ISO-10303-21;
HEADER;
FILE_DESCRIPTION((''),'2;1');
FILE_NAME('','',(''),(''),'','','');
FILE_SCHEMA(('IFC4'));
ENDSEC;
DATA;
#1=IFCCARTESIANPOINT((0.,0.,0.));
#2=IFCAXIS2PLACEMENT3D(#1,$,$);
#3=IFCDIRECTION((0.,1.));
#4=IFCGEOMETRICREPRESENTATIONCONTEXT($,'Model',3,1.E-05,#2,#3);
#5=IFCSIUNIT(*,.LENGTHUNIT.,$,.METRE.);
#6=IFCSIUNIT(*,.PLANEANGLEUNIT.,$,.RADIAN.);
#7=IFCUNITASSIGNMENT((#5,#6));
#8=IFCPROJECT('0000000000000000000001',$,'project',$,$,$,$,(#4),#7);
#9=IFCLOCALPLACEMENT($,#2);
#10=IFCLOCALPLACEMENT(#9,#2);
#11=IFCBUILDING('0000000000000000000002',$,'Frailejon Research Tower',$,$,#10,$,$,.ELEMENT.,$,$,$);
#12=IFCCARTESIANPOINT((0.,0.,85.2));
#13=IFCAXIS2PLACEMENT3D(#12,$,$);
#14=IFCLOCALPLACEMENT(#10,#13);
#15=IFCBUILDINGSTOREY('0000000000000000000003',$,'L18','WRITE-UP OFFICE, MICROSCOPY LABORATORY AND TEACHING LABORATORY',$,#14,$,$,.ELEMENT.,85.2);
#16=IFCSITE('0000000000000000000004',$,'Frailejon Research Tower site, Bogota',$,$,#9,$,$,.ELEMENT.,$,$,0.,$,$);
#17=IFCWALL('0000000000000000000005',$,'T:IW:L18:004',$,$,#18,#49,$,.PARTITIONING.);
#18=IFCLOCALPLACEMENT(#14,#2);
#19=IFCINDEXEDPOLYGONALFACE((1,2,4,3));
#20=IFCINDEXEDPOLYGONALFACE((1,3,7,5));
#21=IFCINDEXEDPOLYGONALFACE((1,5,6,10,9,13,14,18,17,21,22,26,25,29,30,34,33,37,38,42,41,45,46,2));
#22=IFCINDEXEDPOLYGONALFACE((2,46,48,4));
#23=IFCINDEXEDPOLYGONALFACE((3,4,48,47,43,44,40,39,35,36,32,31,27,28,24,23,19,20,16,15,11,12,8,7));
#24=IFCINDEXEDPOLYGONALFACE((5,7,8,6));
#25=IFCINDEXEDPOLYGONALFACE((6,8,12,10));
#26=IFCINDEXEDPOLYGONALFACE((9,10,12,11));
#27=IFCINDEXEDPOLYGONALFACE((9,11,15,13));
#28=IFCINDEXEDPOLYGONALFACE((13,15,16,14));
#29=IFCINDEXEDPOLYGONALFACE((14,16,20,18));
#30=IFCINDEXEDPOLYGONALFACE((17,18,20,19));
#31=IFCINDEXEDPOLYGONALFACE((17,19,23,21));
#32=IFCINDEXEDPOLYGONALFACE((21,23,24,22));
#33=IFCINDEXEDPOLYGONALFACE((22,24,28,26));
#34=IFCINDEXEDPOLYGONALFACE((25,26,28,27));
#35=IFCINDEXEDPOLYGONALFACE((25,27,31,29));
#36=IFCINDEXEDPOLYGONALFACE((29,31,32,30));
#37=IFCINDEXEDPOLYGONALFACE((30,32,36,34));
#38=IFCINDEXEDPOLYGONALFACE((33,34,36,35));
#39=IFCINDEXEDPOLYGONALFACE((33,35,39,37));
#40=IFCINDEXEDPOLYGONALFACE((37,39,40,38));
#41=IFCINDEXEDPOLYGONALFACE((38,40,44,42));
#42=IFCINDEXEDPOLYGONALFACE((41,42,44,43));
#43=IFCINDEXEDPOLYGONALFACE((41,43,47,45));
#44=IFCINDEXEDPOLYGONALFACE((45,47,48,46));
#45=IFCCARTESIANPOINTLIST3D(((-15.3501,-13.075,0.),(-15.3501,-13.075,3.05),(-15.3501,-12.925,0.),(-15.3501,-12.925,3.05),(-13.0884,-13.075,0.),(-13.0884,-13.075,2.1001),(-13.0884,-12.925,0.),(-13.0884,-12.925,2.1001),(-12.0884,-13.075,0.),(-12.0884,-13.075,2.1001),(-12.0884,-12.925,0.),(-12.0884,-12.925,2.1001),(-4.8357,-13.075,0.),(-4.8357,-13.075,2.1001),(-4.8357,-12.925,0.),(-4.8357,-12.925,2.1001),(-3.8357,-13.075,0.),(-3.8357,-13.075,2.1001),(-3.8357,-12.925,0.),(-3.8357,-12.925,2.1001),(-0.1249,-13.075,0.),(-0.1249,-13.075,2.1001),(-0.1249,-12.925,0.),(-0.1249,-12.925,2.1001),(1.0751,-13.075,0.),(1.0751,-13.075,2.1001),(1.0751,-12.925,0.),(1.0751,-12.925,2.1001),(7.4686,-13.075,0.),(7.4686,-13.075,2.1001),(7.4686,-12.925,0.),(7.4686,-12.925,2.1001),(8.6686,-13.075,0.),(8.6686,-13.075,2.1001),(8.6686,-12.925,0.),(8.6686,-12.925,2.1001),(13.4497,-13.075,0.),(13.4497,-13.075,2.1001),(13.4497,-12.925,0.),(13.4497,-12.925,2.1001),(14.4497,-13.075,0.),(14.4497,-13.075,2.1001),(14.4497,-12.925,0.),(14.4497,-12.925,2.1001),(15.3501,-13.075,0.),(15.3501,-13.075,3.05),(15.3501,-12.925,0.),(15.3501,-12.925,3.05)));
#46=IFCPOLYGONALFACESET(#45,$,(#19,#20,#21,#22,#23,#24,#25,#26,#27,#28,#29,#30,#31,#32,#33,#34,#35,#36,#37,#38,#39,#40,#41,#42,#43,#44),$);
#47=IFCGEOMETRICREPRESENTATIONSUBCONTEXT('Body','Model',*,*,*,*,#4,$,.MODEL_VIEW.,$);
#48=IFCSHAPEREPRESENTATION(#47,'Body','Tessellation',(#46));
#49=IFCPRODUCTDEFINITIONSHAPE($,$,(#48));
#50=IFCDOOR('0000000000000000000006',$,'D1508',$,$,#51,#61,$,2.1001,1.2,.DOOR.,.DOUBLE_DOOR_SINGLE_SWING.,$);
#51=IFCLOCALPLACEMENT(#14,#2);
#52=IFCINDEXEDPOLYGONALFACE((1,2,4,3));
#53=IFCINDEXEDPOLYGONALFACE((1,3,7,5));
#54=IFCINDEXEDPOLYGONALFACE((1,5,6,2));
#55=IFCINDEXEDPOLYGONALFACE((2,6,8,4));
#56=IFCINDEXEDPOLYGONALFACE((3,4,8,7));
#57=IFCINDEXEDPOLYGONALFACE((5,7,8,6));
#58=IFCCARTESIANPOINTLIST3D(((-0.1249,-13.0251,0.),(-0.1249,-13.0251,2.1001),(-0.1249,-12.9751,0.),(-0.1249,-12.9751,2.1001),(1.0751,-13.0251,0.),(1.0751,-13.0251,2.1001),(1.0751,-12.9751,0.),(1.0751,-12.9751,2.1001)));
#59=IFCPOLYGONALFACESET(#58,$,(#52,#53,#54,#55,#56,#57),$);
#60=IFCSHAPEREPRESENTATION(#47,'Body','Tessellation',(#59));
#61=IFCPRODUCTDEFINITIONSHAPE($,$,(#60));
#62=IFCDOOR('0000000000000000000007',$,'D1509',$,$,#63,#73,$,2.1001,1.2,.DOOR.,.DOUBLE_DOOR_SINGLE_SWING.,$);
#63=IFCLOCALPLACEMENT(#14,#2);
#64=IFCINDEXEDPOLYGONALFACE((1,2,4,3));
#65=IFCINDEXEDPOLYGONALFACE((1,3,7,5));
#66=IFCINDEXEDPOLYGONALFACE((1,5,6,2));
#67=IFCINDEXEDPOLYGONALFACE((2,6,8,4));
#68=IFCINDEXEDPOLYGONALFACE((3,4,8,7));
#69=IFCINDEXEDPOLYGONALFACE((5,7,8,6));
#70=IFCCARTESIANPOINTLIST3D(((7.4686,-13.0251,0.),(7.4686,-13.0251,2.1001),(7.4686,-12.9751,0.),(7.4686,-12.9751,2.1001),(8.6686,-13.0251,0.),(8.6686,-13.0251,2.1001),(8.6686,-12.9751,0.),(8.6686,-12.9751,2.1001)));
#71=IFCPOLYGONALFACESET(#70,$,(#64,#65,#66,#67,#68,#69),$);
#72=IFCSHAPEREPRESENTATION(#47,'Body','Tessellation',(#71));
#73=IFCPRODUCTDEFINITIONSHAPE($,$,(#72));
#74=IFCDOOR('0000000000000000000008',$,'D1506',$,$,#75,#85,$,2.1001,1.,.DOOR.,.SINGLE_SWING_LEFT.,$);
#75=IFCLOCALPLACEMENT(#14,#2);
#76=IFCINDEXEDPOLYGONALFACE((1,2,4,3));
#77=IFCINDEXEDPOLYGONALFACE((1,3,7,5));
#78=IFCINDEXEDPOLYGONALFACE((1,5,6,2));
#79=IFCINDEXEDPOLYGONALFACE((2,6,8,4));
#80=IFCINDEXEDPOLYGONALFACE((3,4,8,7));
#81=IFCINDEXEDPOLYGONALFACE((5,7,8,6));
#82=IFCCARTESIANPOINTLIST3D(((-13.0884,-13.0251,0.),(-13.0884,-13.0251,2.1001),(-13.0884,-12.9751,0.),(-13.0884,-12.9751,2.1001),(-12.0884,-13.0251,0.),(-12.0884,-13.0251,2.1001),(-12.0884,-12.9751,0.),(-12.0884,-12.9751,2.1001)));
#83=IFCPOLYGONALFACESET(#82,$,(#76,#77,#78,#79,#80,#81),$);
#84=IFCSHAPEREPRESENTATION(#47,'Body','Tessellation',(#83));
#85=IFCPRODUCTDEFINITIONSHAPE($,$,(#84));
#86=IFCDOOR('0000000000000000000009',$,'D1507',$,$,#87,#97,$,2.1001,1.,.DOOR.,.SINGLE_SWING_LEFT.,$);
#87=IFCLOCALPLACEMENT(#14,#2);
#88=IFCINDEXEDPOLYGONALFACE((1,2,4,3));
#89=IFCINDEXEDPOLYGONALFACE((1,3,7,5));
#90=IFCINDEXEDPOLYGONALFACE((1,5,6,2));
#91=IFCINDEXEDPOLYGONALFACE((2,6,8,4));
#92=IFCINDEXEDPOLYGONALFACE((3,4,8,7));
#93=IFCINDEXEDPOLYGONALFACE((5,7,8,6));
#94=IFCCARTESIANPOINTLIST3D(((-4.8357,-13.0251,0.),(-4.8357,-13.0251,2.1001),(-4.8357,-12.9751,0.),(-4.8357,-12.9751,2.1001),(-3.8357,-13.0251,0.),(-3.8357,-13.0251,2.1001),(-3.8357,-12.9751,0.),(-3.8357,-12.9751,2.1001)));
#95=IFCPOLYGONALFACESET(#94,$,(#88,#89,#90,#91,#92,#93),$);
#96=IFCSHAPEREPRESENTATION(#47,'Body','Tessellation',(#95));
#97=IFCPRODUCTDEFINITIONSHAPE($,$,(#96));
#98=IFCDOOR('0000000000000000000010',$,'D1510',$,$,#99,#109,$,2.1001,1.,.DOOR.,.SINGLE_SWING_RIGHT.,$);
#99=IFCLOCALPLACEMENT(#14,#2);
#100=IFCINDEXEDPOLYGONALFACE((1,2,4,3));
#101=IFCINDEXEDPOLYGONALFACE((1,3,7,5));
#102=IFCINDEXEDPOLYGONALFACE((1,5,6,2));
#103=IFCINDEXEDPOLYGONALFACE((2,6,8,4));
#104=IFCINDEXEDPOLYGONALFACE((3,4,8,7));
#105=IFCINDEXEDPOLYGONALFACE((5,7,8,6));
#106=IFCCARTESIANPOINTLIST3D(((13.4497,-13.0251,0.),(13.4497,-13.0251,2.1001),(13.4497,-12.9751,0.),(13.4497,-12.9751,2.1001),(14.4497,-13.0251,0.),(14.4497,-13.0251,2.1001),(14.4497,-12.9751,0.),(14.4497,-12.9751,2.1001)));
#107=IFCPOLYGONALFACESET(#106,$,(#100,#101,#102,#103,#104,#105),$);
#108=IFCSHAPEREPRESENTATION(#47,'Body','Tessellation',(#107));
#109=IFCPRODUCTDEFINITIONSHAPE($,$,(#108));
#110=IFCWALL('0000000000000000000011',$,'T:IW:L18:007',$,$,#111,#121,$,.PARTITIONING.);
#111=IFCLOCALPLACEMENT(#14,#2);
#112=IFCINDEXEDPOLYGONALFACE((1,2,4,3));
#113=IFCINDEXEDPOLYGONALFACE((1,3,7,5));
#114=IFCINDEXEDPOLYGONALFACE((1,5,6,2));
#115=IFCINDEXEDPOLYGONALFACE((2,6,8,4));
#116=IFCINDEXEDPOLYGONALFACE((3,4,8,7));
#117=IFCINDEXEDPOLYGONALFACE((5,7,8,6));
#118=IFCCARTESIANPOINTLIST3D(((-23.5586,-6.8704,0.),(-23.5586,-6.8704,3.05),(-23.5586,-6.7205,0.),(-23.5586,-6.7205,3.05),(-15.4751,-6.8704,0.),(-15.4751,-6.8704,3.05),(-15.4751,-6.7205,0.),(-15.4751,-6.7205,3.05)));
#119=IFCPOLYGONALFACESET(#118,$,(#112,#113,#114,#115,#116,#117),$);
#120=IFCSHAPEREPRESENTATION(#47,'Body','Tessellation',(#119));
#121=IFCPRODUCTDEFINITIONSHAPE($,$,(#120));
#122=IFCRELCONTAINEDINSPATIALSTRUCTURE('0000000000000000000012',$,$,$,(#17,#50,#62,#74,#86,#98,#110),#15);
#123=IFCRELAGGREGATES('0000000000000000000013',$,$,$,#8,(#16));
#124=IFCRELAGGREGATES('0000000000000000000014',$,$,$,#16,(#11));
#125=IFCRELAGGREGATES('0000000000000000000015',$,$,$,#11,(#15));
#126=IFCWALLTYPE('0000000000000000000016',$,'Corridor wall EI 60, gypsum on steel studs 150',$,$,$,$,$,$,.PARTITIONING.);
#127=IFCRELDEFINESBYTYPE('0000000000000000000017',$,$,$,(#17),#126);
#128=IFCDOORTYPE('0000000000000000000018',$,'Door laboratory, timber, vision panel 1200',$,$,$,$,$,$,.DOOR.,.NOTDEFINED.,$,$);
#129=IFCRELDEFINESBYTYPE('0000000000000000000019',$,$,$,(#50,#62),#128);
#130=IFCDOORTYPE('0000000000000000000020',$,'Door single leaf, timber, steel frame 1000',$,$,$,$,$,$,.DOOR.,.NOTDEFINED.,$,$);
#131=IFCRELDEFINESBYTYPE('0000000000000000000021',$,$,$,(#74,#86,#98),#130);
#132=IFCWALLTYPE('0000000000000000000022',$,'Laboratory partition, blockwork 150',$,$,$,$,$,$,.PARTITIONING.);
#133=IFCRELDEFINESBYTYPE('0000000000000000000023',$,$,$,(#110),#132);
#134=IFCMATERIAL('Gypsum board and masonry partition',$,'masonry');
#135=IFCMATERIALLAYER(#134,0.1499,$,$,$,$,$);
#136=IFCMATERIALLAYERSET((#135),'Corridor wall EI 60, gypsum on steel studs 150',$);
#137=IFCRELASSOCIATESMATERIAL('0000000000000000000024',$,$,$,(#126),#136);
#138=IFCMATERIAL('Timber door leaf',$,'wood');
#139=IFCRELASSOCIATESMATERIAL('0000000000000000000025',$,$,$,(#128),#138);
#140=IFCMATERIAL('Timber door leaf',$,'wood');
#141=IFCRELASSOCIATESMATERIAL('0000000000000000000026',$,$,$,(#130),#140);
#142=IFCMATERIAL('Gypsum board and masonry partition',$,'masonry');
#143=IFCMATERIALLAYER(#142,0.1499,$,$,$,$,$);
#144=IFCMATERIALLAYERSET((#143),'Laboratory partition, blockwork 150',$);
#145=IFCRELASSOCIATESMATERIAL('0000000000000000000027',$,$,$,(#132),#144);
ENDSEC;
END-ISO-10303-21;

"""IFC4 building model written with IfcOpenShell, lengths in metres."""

from ifc_helpers import new_model, si_unit, direction, frame, frame_2d, origin, place, context, subcontext, project, spatial, rectangle, extrude, material, layer, layer_set, type_object, element, fill, save


model = new_model("IFC4")

# Units and contexts
model_context = context("Model", 3, precision=1e-05, world=origin(), true_north=direction((0.0, 1.0)))
body_context = subcontext(model_context, "Body", "Model", "MODEL_VIEW")
ifc_project = project(units=[si_unit("LENGTHUNIT", "METRE"), si_unit("PLANEANGLEUNIT", "RADIAN")], contexts=[model_context])

# Site, building, storey
site_placement = place(None, origin())
site = spatial("IfcSite", under=ifc_project, at=site_placement, Name="Frailejon Research Tower site, Bogota", CompositionType="ELEMENT", RefElevation=0.0)
building_placement = place(site_placement, origin())
building = spatial("IfcBuilding", under=site, at=building_placement, Name="Frailejon Research Tower", CompositionType="ELEMENT")
storey_placement = place(building_placement, frame((0.0, 0.0, 85.2)))
storey = spatial("IfcBuildingStorey", under=building, at=storey_placement, Name="L18", Description="WRITE-UP OFFICE, MICROSCOPY LABORATORY AND TEACHING LABORATORY", CompositionType="ELEMENT", Elevation=85.2)

# Wall, openings, doors
ifc_material_1 = material(Name="Gypsum board and masonry partition", Category="masonry")
ifc_layer_1 = layer(ifc_material_1, 0.1499)
ifc_layer_set_1 = layer_set([ifc_layer_1], Name="Corridor wall EI 60, gypsum on steel studs 150")
wall_type_1 = type_object("IfcWallType", Name="Corridor wall EI 60, gypsum on steel studs 150", PredefinedType="PARTITIONING", material=ifc_layer_set_1)
ifc_material_2 = material(Name="Timber door leaf", Category="wood")
door_type_1 = type_object("IfcDoorType", Name="Door laboratory, timber, vision panel 1200", OperationType="NOTDEFINED", PredefinedType="DOOR", material=ifc_material_2)
wall_1_placement = place(storey_placement, frame((-15.3501, -13.0, 0.0), z_axis=(0.0, 0.0, 1.0), x_axis=(1.0, 0.0, 0.0)))
wall_1 = element("IfcWall", 1, at=wall_1_placement, inside=storey, type_object=wall_type_1, Name="T:IW:L18:004", PredefinedType="PARTITIONING", context=body_context, shape_type="SweptSolid", body=[
    extrude(rectangle(XDim=30.7002, YDim=0.1499, at=frame_2d((15.3501, 0.0))), origin(), (0.0, 0.0, 1.0), 3.05),
])
opening_1_placement = place(wall_1_placement, frame((2.2617, 0.0, 0.0)))
opening_1 = element("IfcOpeningElement", 2, at=opening_1_placement, cuts=wall_1, PredefinedType="OPENING", context=body_context, shape_type="SweptSolid", body=[
    extrude(rectangle(XDim=1.0, YDim=2.1001, at=frame_2d((0.5, 1.05))), frame((0.0, 0.085, 0.0), z_axis=(0.0, -1.0, 0.0), x_axis=(1.0, 0.0, 0.0)), (0.0, 0.0, 1.0), 0.1699),
])
opening_2_placement = place(wall_1_placement, frame((10.5144, 0.0, 0.0)))
opening_2 = element("IfcOpeningElement", 3, at=opening_2_placement, cuts=wall_1, PredefinedType="OPENING", context=body_context, shape_type="SweptSolid", body=[
    extrude(rectangle(XDim=1.0, YDim=2.1001, at=frame_2d((0.5, 1.05))), frame((0.0, 0.085, 0.0), z_axis=(0.0, -1.0, 0.0), x_axis=(1.0, 0.0, 0.0)), (0.0, 0.0, 1.0), 0.1699),
])
opening_3_placement = place(wall_1_placement, frame((15.2251, 0.0, 0.0)))
opening_3 = element("IfcOpeningElement", 4, at=opening_3_placement, cuts=wall_1, PredefinedType="OPENING", context=body_context, shape_type="SweptSolid", body=[
    extrude(rectangle(XDim=1.2, YDim=2.1001, at=frame_2d((0.6001, 1.05))), frame((0.0, 0.085, 0.0), z_axis=(0.0, -1.0, 0.0), x_axis=(1.0, 0.0, 0.0)), (0.0, 0.0, 1.0), 0.1699),
])
opening_4_placement = place(wall_1_placement, frame((22.8186, 0.0, 0.0)))
opening_4 = element("IfcOpeningElement", 5, at=opening_4_placement, cuts=wall_1, PredefinedType="OPENING", context=body_context, shape_type="SweptSolid", body=[
    extrude(rectangle(XDim=1.2, YDim=2.1001, at=frame_2d((0.6001, 1.05))), frame((0.0, 0.085, 0.0), z_axis=(0.0, -1.0, 0.0), x_axis=(1.0, 0.0, 0.0)), (0.0, 0.0, 1.0), 0.1699),
])
opening_5_placement = place(wall_1_placement, frame((28.7998, 0.0, 0.0)))
opening_5 = element("IfcOpeningElement", 6, at=opening_5_placement, cuts=wall_1, PredefinedType="OPENING", context=body_context, shape_type="SweptSolid", body=[
    extrude(rectangle(XDim=1.0, YDim=2.1001, at=frame_2d((0.5, 1.05))), frame((0.0, 0.085, 0.0), z_axis=(0.0, -1.0, 0.0), x_axis=(1.0, 0.0, 0.0)), (0.0, 0.0, 1.0), 0.1699),
])
door_1_placement = place(opening_3_placement, origin())
door_1 = element("IfcDoor", 7, at=door_1_placement, inside=storey, type_object=door_type_1, Name="D1508", OperationType="DOUBLE_DOOR_SINGLE_SWING", OverallHeight=2.1001, OverallWidth=1.2, PredefinedType="DOOR", context=body_context, shape_type="SweptSolid", body=[
    extrude(rectangle(XDim=1.2, YDim=2.1001, at=frame_2d((0.6001, 1.05))), frame((0.0, 0.0249, 0.0), z_axis=(0.0, -1.0, 0.0), x_axis=(1.0, 0.0, 0.0)), (0.0, 0.0, 1.0), 0.05),
])
fill(opening_3, door_1)
door_2_placement = place(opening_4_placement, origin())
door_2 = element("IfcDoor", 8, at=door_2_placement, inside=storey, type_object=door_type_1, Name="D1509", OperationType="DOUBLE_DOOR_SINGLE_SWING", OverallHeight=2.1001, OverallWidth=1.2, PredefinedType="DOOR", context=body_context, shape_type="SweptSolid", body=[
    extrude(rectangle(XDim=1.2, YDim=2.1001, at=frame_2d((0.6001, 1.05))), frame((0.0, 0.0249, 0.0), z_axis=(0.0, -1.0, 0.0), x_axis=(1.0, 0.0, 0.0)), (0.0, 0.0, 1.0), 0.05),
])
fill(opening_4, door_2)
ifc_material_3 = material(Name="Timber door leaf", Category="wood")
door_type_2 = type_object("IfcDoorType", Name="Door single leaf, timber, steel frame 1000", OperationType="NOTDEFINED", PredefinedType="DOOR", material=ifc_material_3)
door_3_placement = place(opening_1_placement, origin())
door_3 = element("IfcDoor", 9, at=door_3_placement, inside=storey, type_object=door_type_2, Name="D1506", OperationType="SINGLE_SWING_LEFT", OverallHeight=2.1001, OverallWidth=1.0, PredefinedType="DOOR", context=body_context, shape_type="SweptSolid", body=[
    extrude(rectangle(XDim=1.0, YDim=2.1001, at=frame_2d((0.5, 1.05))), frame((0.0, 0.0249, 0.0), z_axis=(0.0, -1.0, 0.0), x_axis=(1.0, 0.0, 0.0)), (0.0, 0.0, 1.0), 0.05),
])
fill(opening_1, door_3)
door_4_placement = place(opening_2_placement, origin())
door_4 = element("IfcDoor", 10, at=door_4_placement, inside=storey, type_object=door_type_2, Name="D1507", OperationType="SINGLE_SWING_LEFT", OverallHeight=2.1001, OverallWidth=1.0, PredefinedType="DOOR", context=body_context, shape_type="SweptSolid", body=[
    extrude(rectangle(XDim=1.0, YDim=2.1001, at=frame_2d((0.5, 1.05))), frame((0.0, 0.0249, 0.0), z_axis=(0.0, -1.0, 0.0), x_axis=(1.0, 0.0, 0.0)), (0.0, 0.0, 1.0), 0.05),
])
fill(opening_2, door_4)
door_5_placement = place(opening_5_placement, origin())
door_5 = element("IfcDoor", 11, at=door_5_placement, inside=storey, type_object=door_type_2, Name="D1510", OperationType="SINGLE_SWING_RIGHT", OverallHeight=2.1001, OverallWidth=1.0, PredefinedType="DOOR", context=body_context, shape_type="SweptSolid", body=[
    extrude(rectangle(XDim=1.0, YDim=2.1001, at=frame_2d((0.5, 1.05))), frame((0.0, 0.0249, 0.0), z_axis=(0.0, -1.0, 0.0), x_axis=(1.0, 0.0, 0.0)), (0.0, 0.0, 1.0), 0.05),
])
fill(opening_5, door_5)

# Wall
ifc_material_4 = material(Name="Gypsum board and masonry partition", Category="masonry")
ifc_layer_2 = layer(ifc_material_4, 0.1499)
ifc_layer_set_2 = layer_set([ifc_layer_2], Name="Laboratory partition, blockwork 150")
wall_type_2 = type_object("IfcWallType", Name="Laboratory partition, blockwork 150", PredefinedType="PARTITIONING", material=ifc_layer_set_2)
wall_2_placement = place(storey_placement, frame((-23.5586, -6.7954, 0.0), z_axis=(0.0, 0.0, 1.0), x_axis=(1.0, 0.0, 0.0)))
element("IfcWall", 12, at=wall_2_placement, inside=storey, type_object=wall_type_2, Name="T:IW:L18:007", PredefinedType="PARTITIONING", context=body_context, shape_type="SweptSolid", body=[
    extrude(rectangle(XDim=8.0835, YDim=0.1499, at=frame_2d((4.0417, 0.0))), origin(), (0.0, 0.0, 1.0), 3.05),
])

save(model, "model.ifc")
